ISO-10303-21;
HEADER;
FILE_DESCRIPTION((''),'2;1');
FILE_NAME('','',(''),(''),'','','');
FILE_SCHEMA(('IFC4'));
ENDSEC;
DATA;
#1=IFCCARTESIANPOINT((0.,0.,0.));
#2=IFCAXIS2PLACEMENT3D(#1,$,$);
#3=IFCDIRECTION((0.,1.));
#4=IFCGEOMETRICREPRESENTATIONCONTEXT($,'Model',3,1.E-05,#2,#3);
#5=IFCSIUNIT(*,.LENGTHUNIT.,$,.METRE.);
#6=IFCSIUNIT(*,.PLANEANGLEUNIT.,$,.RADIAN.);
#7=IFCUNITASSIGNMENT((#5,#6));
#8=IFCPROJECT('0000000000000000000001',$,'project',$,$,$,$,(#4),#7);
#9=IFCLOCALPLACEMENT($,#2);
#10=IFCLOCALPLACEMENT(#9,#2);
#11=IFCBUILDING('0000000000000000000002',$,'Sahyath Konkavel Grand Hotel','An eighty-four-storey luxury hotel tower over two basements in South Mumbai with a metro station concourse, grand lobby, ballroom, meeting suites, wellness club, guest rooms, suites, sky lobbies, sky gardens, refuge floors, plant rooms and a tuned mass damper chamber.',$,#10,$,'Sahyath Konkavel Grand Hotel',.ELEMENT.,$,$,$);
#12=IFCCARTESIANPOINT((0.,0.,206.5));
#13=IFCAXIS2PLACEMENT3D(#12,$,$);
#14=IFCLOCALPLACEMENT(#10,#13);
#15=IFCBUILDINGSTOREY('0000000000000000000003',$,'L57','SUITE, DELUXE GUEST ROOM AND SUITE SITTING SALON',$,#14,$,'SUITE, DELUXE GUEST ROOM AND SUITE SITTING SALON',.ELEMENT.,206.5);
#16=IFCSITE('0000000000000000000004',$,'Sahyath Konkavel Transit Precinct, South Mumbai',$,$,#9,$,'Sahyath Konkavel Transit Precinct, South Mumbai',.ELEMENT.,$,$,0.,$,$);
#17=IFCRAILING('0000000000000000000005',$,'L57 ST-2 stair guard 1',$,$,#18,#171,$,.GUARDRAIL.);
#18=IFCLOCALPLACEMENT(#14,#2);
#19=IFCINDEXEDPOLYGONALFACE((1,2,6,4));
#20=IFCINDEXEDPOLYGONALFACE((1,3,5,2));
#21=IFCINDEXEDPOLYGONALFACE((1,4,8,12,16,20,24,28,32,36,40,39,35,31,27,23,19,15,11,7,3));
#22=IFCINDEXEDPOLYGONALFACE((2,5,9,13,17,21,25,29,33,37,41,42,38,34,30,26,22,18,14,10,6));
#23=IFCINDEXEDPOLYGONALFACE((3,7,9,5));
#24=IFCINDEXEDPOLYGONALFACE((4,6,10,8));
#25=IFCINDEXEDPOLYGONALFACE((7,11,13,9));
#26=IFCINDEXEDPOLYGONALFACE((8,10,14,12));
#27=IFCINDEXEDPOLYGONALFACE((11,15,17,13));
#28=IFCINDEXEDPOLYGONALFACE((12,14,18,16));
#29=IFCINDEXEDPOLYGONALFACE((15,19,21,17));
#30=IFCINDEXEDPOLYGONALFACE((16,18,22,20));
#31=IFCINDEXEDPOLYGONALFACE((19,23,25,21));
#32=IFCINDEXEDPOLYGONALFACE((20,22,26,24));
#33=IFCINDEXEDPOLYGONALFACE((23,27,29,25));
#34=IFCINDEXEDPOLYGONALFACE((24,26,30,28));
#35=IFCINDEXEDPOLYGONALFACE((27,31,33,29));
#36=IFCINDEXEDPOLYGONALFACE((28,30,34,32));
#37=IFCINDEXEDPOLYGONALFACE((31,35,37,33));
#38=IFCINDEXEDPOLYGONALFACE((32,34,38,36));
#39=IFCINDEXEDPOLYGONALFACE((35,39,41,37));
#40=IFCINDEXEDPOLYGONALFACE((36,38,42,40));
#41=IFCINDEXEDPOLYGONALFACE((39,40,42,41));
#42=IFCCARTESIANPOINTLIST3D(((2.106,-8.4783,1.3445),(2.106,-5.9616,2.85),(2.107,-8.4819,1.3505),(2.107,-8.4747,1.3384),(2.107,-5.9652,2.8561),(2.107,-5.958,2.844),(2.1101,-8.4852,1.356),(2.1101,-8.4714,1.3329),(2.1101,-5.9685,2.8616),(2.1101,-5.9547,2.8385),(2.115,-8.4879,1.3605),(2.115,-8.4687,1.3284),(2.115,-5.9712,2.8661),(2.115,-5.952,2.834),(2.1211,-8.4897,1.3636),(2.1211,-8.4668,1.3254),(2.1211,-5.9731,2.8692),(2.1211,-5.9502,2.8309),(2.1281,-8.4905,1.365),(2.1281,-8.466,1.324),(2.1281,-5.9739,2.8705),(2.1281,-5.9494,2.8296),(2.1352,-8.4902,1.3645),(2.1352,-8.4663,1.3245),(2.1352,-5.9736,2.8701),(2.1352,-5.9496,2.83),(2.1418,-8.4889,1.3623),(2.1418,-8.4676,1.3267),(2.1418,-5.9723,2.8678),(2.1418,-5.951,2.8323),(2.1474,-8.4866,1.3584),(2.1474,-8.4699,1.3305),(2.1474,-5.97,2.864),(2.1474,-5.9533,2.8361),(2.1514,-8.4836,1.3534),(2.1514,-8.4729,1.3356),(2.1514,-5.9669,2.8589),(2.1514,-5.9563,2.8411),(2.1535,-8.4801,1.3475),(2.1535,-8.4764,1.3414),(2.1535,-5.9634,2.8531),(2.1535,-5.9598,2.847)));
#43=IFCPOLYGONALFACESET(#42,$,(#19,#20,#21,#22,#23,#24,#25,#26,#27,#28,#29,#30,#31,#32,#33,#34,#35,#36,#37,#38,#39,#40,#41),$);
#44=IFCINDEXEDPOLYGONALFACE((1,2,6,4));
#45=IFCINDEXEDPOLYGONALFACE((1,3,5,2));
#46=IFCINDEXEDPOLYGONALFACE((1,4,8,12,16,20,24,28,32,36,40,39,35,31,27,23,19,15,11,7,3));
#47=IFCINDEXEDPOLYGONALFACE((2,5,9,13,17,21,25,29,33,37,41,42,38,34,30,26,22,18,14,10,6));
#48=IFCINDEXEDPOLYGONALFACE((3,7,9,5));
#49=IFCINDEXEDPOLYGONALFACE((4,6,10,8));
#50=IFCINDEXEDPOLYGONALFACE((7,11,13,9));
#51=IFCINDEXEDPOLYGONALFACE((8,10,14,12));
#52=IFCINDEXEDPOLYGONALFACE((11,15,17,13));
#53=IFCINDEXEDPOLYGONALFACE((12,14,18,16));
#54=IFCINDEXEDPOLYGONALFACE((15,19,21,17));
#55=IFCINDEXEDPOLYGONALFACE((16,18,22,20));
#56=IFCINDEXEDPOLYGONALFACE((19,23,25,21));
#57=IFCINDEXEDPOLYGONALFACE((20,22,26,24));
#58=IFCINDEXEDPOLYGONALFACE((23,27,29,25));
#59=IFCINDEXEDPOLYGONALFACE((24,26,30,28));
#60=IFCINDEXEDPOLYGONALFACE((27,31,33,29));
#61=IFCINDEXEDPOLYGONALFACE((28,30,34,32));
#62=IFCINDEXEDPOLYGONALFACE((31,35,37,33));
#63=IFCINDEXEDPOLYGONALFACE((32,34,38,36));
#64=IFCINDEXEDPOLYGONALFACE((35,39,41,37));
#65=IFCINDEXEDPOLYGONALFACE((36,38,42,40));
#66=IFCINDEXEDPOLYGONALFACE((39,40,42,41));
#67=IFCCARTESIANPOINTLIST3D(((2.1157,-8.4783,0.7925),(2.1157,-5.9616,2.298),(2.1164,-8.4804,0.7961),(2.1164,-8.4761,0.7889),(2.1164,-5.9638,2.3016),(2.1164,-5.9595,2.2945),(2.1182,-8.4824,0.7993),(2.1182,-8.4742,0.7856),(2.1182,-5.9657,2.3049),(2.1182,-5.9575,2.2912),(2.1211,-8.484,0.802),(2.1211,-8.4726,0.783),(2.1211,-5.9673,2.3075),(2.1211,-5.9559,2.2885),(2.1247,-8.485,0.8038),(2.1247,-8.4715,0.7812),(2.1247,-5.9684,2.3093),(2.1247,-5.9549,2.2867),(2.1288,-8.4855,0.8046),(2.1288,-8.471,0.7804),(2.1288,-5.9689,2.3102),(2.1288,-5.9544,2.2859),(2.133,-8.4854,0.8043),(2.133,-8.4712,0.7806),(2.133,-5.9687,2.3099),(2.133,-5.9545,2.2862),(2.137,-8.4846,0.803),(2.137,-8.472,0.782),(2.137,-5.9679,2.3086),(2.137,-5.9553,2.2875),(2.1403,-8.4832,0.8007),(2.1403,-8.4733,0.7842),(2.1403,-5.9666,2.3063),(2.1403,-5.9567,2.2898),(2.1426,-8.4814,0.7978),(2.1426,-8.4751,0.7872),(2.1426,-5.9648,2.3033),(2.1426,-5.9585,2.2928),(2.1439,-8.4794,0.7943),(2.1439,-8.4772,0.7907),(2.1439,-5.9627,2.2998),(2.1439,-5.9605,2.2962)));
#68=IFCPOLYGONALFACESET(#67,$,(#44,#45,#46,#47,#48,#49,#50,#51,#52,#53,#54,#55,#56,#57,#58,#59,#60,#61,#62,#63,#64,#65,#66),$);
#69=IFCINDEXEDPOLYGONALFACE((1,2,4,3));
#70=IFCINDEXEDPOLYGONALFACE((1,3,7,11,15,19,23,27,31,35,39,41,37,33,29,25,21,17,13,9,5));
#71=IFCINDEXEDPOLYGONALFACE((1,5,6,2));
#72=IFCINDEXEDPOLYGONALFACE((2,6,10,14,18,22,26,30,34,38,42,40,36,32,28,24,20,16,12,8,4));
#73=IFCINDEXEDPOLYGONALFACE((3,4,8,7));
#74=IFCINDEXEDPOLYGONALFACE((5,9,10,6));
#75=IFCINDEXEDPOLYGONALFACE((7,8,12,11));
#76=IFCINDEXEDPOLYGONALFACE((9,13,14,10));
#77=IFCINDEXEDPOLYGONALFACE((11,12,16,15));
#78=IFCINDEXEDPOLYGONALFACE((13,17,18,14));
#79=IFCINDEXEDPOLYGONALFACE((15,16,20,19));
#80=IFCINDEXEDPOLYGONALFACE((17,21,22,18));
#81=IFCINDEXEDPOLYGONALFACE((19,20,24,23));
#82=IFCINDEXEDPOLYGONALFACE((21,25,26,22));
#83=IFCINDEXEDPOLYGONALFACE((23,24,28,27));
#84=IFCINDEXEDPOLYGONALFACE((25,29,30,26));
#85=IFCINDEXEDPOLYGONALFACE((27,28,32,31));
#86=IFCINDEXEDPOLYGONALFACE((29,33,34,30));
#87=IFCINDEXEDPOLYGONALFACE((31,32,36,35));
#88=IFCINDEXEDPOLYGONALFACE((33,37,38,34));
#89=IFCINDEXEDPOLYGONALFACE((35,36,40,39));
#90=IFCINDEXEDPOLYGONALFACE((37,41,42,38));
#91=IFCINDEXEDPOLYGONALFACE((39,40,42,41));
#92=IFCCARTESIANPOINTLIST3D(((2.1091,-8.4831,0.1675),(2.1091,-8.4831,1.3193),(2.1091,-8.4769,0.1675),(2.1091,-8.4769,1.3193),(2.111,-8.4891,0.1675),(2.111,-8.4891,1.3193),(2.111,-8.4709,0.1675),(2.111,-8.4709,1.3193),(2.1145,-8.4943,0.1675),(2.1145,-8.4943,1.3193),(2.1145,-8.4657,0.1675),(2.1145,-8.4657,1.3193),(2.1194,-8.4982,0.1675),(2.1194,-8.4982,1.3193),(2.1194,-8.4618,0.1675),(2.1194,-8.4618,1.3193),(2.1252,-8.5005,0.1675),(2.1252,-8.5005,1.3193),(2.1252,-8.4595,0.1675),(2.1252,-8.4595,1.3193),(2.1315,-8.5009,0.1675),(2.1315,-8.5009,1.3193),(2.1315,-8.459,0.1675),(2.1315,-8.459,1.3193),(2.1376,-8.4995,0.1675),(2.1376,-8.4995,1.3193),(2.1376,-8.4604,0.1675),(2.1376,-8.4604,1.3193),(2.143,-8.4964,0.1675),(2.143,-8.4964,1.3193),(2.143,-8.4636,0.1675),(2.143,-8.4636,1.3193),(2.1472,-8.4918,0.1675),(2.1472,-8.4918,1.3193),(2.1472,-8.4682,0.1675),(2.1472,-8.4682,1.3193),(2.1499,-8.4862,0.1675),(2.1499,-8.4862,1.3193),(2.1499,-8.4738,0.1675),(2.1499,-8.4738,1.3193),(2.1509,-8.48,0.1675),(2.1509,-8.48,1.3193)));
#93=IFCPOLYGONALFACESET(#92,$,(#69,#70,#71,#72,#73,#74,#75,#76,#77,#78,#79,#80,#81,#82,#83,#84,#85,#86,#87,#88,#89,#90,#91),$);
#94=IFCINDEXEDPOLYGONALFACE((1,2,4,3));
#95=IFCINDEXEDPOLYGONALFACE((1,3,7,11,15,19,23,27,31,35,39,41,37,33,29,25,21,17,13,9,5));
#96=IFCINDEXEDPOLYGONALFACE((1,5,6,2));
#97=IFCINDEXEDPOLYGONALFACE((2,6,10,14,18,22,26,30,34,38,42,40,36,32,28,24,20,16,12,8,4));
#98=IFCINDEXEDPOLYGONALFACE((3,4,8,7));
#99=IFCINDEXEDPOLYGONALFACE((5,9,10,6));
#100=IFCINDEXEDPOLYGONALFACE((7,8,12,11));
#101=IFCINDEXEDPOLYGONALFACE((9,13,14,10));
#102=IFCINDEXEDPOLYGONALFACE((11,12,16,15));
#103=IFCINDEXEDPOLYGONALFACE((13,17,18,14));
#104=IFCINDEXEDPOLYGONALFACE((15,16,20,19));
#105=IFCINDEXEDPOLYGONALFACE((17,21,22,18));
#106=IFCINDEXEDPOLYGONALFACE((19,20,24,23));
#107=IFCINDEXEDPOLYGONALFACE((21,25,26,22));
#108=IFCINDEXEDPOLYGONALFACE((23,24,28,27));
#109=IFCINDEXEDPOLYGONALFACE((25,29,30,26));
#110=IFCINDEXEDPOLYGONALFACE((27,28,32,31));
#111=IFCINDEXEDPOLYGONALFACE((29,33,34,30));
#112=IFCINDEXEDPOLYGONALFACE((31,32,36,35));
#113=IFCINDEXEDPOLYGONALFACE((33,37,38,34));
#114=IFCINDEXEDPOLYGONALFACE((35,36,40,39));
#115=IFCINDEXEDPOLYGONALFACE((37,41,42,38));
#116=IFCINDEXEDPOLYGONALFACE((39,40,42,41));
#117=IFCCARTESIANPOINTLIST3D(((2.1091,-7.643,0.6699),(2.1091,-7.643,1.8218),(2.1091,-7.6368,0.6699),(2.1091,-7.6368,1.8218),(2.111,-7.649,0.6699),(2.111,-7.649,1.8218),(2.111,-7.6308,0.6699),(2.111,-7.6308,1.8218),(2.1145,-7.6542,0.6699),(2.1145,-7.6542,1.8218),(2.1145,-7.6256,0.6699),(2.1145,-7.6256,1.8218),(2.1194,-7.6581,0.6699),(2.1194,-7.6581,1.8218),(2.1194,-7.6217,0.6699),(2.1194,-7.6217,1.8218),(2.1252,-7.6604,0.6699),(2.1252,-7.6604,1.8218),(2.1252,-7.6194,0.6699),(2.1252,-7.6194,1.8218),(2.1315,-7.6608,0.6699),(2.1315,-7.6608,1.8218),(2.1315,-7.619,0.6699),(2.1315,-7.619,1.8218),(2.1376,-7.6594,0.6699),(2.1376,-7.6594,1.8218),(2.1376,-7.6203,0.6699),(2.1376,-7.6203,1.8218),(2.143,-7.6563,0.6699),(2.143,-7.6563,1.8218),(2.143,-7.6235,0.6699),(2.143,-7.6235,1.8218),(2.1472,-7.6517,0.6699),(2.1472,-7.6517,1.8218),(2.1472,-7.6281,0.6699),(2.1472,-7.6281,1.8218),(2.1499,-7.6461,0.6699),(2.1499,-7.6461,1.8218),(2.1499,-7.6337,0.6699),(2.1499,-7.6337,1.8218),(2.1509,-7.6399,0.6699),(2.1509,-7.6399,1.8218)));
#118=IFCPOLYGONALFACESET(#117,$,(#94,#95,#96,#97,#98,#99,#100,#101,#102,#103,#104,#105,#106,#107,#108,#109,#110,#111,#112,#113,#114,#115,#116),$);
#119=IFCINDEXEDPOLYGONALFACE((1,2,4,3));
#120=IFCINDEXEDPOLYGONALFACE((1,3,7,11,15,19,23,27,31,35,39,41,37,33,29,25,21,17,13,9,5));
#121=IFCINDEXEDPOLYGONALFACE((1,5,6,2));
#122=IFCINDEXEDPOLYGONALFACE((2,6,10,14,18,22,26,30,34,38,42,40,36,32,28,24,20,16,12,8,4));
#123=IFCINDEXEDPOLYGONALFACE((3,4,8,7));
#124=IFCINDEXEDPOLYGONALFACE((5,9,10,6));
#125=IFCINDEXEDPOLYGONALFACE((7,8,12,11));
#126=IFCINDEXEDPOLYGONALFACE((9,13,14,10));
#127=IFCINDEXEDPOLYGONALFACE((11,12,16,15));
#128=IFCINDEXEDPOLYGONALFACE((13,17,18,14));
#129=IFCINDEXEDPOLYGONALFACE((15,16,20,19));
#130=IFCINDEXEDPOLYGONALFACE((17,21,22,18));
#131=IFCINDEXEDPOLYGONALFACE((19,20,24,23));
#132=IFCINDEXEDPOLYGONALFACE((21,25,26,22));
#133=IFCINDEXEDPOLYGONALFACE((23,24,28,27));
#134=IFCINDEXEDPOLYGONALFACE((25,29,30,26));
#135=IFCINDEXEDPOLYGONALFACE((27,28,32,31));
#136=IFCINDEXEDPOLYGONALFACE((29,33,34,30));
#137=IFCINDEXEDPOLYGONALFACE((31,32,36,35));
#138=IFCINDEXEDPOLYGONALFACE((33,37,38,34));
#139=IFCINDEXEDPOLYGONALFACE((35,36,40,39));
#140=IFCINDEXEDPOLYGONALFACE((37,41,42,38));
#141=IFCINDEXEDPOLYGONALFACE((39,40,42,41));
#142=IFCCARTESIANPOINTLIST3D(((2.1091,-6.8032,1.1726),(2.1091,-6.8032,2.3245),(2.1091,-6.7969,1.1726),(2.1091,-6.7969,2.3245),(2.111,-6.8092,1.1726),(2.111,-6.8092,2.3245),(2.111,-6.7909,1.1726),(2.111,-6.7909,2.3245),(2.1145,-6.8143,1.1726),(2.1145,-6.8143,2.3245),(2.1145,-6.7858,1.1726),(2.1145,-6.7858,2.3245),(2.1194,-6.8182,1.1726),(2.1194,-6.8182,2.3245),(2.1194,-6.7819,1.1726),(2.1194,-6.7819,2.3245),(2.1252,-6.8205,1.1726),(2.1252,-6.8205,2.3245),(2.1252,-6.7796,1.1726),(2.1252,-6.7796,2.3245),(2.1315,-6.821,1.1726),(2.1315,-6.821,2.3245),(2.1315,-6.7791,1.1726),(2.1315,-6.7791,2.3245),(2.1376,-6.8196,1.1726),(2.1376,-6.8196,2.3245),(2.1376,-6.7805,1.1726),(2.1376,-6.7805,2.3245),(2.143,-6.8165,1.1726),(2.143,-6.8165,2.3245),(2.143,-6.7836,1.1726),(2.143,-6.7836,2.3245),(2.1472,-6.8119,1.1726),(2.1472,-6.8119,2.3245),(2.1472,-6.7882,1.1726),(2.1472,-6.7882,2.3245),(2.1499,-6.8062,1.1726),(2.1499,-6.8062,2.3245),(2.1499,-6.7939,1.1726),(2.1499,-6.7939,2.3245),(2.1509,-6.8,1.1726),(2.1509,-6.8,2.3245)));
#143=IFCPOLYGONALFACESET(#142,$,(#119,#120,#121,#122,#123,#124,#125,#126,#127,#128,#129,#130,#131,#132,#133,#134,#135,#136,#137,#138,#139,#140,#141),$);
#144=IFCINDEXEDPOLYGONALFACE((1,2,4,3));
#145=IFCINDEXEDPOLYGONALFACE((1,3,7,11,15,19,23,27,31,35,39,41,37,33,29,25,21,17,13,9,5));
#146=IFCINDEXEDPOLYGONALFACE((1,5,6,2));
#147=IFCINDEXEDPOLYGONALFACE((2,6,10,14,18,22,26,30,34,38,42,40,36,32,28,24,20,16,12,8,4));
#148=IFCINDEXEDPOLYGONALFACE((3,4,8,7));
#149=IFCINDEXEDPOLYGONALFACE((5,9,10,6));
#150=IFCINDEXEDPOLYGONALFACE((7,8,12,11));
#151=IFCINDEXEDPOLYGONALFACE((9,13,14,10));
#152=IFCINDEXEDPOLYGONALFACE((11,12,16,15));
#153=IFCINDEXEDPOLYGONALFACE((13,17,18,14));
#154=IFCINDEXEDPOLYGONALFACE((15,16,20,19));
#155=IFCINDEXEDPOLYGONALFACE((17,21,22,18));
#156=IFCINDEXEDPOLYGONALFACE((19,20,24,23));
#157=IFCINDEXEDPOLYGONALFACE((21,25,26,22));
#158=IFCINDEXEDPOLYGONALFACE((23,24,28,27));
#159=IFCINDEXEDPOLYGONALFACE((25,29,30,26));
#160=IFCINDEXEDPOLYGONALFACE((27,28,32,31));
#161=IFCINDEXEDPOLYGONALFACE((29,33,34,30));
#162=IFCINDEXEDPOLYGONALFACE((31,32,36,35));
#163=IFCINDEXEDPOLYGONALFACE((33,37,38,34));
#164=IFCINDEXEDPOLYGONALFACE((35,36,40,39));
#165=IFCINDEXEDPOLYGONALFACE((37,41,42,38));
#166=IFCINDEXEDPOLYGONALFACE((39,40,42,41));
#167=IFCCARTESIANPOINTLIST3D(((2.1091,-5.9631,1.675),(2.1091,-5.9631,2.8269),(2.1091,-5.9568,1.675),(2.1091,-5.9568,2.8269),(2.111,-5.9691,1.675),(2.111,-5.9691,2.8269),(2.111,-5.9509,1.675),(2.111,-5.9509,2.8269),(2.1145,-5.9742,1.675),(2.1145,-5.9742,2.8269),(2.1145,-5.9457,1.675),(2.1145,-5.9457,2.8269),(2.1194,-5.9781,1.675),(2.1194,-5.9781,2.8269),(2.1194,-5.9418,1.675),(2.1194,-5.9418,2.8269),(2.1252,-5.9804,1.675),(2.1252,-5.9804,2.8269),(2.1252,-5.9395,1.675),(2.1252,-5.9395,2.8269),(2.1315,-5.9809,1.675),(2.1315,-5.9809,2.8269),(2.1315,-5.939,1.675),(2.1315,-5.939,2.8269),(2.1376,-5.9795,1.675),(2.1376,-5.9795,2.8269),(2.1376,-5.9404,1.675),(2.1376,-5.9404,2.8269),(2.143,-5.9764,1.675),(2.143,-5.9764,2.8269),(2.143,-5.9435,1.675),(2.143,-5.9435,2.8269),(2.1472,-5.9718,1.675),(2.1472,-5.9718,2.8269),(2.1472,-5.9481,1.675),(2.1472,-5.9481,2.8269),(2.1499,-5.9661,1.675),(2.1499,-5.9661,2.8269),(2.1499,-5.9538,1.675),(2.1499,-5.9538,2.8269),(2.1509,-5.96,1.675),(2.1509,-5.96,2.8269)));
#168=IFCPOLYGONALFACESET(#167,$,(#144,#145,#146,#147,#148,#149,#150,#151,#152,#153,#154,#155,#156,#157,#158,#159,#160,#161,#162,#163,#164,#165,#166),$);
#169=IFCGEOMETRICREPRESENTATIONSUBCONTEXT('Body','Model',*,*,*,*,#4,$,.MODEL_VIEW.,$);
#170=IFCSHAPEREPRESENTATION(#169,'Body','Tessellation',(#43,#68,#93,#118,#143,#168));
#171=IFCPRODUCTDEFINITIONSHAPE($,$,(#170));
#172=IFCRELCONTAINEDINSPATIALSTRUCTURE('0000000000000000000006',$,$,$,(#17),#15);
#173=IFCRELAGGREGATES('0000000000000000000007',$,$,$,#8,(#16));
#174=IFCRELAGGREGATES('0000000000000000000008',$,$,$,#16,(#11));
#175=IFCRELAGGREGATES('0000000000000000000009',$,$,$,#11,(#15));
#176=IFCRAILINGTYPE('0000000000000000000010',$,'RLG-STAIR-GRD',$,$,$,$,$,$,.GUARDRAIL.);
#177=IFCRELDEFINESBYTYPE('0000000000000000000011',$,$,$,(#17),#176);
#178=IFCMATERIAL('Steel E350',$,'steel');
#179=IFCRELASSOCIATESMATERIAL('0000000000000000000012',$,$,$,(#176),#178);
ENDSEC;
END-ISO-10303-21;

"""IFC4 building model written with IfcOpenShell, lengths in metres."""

from ifc_helpers import new_model, si_unit, direction, frame, origin, origin_2d, place, context, subcontext, project, spatial, circle, extrude, material, type_object, element, save


model = new_model("IFC4")

# Units and contexts
model_context = context("Model", 3, precision=1e-05, world=origin(), true_north=direction((0.0, 1.0)))
body_context = subcontext(model_context, "Body", "Model", "MODEL_VIEW")
ifc_project = project(units=[si_unit("LENGTHUNIT", "METRE"), si_unit("PLANEANGLEUNIT", "RADIAN")], contexts=[model_context])

# Site, building, storey
site_placement = place(None, origin())
site = spatial("IfcSite", under=ifc_project, at=site_placement, Name="Sahyath Konkavel Transit Precinct, South Mumbai", LongName="Sahyath Konkavel Transit Precinct, South Mumbai", CompositionType="ELEMENT", RefElevation=0.0)
building_placement = place(site_placement, origin())
building = spatial("IfcBuilding", under=site, at=building_placement, Name="Sahyath Konkavel Grand Hotel", Description="An eighty-four-storey luxury hotel tower over two basements in South Mumbai with a metro station concourse, grand lobby, ballroom, meeting suites, wellness club, guest rooms, suites, sky lobbies, sky gardens, refuge floors, plant rooms and a tuned mass damper chamber.", LongName="Sahyath Konkavel Grand Hotel", CompositionType="ELEMENT")
storey_placement = place(building_placement, frame((0.0, 0.0, 206.5)))
storey = spatial("IfcBuildingStorey", under=building, at=storey_placement, Name="L57", Description="SUITE, DELUXE GUEST ROOM AND SUITE SITTING SALON", LongName="SUITE, DELUXE GUEST ROOM AND SUITE SITTING SALON", CompositionType="ELEMENT", Elevation=206.5)

# Shared definitions
ifc_material_1 = material(Name="Steel E350", Category="steel")

# Railing
railing_type_1 = type_object("IfcRailingType", Name="RLG-STAIR-GRD", PredefinedType="GUARDRAIL", material=ifc_material_1)
railing_1_placement = place(storey_placement, frame((2.1299, -8.48, 0.1675)))
element("IfcRailing", 1, at=railing_1_placement, inside=storey, type_object=railing_type_1, Name="L57 ST-2 stair guard 1", PredefinedType="GUARDRAIL", context=body_context, shape_type="SweptSolid", body=[
    extrude(circle(Radius=0.0239, at=origin_2d()), frame((0.0, 0.0017, 1.177), z_axis=(0.0, 0.85816, 0.513383), x_axis=(-1.0, 0.0, 0.0)), (0.0, 0.0, 1.0), 2.9326),
    extrude(circle(Radius=0.0142, at=origin_2d()), frame((0.0, 0.0017, 0.625), z_axis=(0.0, 0.85816, 0.513383), x_axis=(-1.0, 0.0, 0.0)), (0.0, 0.0, 1.0), 2.9326),
    extrude(circle(Radius=0.021, at=origin_2d()), origin(), (0.0, 0.0, 1.0), 1.1519),
    extrude(circle(Radius=0.021, at=origin_2d()), frame((0.0, 0.8401, 0.5024)), (0.0, 0.0, 1.0), 1.1519),
    extrude(circle(Radius=0.021, at=origin_2d()), frame((0.0, 1.6799, 1.0051)), (0.0, 0.0, 1.0), 1.1519),
    extrude(circle(Radius=0.021, at=origin_2d()), frame((0.0, 2.52, 1.5076)), (0.0, 0.0, 1.0), 1.1519),
])

save(model, "model.ifc")
